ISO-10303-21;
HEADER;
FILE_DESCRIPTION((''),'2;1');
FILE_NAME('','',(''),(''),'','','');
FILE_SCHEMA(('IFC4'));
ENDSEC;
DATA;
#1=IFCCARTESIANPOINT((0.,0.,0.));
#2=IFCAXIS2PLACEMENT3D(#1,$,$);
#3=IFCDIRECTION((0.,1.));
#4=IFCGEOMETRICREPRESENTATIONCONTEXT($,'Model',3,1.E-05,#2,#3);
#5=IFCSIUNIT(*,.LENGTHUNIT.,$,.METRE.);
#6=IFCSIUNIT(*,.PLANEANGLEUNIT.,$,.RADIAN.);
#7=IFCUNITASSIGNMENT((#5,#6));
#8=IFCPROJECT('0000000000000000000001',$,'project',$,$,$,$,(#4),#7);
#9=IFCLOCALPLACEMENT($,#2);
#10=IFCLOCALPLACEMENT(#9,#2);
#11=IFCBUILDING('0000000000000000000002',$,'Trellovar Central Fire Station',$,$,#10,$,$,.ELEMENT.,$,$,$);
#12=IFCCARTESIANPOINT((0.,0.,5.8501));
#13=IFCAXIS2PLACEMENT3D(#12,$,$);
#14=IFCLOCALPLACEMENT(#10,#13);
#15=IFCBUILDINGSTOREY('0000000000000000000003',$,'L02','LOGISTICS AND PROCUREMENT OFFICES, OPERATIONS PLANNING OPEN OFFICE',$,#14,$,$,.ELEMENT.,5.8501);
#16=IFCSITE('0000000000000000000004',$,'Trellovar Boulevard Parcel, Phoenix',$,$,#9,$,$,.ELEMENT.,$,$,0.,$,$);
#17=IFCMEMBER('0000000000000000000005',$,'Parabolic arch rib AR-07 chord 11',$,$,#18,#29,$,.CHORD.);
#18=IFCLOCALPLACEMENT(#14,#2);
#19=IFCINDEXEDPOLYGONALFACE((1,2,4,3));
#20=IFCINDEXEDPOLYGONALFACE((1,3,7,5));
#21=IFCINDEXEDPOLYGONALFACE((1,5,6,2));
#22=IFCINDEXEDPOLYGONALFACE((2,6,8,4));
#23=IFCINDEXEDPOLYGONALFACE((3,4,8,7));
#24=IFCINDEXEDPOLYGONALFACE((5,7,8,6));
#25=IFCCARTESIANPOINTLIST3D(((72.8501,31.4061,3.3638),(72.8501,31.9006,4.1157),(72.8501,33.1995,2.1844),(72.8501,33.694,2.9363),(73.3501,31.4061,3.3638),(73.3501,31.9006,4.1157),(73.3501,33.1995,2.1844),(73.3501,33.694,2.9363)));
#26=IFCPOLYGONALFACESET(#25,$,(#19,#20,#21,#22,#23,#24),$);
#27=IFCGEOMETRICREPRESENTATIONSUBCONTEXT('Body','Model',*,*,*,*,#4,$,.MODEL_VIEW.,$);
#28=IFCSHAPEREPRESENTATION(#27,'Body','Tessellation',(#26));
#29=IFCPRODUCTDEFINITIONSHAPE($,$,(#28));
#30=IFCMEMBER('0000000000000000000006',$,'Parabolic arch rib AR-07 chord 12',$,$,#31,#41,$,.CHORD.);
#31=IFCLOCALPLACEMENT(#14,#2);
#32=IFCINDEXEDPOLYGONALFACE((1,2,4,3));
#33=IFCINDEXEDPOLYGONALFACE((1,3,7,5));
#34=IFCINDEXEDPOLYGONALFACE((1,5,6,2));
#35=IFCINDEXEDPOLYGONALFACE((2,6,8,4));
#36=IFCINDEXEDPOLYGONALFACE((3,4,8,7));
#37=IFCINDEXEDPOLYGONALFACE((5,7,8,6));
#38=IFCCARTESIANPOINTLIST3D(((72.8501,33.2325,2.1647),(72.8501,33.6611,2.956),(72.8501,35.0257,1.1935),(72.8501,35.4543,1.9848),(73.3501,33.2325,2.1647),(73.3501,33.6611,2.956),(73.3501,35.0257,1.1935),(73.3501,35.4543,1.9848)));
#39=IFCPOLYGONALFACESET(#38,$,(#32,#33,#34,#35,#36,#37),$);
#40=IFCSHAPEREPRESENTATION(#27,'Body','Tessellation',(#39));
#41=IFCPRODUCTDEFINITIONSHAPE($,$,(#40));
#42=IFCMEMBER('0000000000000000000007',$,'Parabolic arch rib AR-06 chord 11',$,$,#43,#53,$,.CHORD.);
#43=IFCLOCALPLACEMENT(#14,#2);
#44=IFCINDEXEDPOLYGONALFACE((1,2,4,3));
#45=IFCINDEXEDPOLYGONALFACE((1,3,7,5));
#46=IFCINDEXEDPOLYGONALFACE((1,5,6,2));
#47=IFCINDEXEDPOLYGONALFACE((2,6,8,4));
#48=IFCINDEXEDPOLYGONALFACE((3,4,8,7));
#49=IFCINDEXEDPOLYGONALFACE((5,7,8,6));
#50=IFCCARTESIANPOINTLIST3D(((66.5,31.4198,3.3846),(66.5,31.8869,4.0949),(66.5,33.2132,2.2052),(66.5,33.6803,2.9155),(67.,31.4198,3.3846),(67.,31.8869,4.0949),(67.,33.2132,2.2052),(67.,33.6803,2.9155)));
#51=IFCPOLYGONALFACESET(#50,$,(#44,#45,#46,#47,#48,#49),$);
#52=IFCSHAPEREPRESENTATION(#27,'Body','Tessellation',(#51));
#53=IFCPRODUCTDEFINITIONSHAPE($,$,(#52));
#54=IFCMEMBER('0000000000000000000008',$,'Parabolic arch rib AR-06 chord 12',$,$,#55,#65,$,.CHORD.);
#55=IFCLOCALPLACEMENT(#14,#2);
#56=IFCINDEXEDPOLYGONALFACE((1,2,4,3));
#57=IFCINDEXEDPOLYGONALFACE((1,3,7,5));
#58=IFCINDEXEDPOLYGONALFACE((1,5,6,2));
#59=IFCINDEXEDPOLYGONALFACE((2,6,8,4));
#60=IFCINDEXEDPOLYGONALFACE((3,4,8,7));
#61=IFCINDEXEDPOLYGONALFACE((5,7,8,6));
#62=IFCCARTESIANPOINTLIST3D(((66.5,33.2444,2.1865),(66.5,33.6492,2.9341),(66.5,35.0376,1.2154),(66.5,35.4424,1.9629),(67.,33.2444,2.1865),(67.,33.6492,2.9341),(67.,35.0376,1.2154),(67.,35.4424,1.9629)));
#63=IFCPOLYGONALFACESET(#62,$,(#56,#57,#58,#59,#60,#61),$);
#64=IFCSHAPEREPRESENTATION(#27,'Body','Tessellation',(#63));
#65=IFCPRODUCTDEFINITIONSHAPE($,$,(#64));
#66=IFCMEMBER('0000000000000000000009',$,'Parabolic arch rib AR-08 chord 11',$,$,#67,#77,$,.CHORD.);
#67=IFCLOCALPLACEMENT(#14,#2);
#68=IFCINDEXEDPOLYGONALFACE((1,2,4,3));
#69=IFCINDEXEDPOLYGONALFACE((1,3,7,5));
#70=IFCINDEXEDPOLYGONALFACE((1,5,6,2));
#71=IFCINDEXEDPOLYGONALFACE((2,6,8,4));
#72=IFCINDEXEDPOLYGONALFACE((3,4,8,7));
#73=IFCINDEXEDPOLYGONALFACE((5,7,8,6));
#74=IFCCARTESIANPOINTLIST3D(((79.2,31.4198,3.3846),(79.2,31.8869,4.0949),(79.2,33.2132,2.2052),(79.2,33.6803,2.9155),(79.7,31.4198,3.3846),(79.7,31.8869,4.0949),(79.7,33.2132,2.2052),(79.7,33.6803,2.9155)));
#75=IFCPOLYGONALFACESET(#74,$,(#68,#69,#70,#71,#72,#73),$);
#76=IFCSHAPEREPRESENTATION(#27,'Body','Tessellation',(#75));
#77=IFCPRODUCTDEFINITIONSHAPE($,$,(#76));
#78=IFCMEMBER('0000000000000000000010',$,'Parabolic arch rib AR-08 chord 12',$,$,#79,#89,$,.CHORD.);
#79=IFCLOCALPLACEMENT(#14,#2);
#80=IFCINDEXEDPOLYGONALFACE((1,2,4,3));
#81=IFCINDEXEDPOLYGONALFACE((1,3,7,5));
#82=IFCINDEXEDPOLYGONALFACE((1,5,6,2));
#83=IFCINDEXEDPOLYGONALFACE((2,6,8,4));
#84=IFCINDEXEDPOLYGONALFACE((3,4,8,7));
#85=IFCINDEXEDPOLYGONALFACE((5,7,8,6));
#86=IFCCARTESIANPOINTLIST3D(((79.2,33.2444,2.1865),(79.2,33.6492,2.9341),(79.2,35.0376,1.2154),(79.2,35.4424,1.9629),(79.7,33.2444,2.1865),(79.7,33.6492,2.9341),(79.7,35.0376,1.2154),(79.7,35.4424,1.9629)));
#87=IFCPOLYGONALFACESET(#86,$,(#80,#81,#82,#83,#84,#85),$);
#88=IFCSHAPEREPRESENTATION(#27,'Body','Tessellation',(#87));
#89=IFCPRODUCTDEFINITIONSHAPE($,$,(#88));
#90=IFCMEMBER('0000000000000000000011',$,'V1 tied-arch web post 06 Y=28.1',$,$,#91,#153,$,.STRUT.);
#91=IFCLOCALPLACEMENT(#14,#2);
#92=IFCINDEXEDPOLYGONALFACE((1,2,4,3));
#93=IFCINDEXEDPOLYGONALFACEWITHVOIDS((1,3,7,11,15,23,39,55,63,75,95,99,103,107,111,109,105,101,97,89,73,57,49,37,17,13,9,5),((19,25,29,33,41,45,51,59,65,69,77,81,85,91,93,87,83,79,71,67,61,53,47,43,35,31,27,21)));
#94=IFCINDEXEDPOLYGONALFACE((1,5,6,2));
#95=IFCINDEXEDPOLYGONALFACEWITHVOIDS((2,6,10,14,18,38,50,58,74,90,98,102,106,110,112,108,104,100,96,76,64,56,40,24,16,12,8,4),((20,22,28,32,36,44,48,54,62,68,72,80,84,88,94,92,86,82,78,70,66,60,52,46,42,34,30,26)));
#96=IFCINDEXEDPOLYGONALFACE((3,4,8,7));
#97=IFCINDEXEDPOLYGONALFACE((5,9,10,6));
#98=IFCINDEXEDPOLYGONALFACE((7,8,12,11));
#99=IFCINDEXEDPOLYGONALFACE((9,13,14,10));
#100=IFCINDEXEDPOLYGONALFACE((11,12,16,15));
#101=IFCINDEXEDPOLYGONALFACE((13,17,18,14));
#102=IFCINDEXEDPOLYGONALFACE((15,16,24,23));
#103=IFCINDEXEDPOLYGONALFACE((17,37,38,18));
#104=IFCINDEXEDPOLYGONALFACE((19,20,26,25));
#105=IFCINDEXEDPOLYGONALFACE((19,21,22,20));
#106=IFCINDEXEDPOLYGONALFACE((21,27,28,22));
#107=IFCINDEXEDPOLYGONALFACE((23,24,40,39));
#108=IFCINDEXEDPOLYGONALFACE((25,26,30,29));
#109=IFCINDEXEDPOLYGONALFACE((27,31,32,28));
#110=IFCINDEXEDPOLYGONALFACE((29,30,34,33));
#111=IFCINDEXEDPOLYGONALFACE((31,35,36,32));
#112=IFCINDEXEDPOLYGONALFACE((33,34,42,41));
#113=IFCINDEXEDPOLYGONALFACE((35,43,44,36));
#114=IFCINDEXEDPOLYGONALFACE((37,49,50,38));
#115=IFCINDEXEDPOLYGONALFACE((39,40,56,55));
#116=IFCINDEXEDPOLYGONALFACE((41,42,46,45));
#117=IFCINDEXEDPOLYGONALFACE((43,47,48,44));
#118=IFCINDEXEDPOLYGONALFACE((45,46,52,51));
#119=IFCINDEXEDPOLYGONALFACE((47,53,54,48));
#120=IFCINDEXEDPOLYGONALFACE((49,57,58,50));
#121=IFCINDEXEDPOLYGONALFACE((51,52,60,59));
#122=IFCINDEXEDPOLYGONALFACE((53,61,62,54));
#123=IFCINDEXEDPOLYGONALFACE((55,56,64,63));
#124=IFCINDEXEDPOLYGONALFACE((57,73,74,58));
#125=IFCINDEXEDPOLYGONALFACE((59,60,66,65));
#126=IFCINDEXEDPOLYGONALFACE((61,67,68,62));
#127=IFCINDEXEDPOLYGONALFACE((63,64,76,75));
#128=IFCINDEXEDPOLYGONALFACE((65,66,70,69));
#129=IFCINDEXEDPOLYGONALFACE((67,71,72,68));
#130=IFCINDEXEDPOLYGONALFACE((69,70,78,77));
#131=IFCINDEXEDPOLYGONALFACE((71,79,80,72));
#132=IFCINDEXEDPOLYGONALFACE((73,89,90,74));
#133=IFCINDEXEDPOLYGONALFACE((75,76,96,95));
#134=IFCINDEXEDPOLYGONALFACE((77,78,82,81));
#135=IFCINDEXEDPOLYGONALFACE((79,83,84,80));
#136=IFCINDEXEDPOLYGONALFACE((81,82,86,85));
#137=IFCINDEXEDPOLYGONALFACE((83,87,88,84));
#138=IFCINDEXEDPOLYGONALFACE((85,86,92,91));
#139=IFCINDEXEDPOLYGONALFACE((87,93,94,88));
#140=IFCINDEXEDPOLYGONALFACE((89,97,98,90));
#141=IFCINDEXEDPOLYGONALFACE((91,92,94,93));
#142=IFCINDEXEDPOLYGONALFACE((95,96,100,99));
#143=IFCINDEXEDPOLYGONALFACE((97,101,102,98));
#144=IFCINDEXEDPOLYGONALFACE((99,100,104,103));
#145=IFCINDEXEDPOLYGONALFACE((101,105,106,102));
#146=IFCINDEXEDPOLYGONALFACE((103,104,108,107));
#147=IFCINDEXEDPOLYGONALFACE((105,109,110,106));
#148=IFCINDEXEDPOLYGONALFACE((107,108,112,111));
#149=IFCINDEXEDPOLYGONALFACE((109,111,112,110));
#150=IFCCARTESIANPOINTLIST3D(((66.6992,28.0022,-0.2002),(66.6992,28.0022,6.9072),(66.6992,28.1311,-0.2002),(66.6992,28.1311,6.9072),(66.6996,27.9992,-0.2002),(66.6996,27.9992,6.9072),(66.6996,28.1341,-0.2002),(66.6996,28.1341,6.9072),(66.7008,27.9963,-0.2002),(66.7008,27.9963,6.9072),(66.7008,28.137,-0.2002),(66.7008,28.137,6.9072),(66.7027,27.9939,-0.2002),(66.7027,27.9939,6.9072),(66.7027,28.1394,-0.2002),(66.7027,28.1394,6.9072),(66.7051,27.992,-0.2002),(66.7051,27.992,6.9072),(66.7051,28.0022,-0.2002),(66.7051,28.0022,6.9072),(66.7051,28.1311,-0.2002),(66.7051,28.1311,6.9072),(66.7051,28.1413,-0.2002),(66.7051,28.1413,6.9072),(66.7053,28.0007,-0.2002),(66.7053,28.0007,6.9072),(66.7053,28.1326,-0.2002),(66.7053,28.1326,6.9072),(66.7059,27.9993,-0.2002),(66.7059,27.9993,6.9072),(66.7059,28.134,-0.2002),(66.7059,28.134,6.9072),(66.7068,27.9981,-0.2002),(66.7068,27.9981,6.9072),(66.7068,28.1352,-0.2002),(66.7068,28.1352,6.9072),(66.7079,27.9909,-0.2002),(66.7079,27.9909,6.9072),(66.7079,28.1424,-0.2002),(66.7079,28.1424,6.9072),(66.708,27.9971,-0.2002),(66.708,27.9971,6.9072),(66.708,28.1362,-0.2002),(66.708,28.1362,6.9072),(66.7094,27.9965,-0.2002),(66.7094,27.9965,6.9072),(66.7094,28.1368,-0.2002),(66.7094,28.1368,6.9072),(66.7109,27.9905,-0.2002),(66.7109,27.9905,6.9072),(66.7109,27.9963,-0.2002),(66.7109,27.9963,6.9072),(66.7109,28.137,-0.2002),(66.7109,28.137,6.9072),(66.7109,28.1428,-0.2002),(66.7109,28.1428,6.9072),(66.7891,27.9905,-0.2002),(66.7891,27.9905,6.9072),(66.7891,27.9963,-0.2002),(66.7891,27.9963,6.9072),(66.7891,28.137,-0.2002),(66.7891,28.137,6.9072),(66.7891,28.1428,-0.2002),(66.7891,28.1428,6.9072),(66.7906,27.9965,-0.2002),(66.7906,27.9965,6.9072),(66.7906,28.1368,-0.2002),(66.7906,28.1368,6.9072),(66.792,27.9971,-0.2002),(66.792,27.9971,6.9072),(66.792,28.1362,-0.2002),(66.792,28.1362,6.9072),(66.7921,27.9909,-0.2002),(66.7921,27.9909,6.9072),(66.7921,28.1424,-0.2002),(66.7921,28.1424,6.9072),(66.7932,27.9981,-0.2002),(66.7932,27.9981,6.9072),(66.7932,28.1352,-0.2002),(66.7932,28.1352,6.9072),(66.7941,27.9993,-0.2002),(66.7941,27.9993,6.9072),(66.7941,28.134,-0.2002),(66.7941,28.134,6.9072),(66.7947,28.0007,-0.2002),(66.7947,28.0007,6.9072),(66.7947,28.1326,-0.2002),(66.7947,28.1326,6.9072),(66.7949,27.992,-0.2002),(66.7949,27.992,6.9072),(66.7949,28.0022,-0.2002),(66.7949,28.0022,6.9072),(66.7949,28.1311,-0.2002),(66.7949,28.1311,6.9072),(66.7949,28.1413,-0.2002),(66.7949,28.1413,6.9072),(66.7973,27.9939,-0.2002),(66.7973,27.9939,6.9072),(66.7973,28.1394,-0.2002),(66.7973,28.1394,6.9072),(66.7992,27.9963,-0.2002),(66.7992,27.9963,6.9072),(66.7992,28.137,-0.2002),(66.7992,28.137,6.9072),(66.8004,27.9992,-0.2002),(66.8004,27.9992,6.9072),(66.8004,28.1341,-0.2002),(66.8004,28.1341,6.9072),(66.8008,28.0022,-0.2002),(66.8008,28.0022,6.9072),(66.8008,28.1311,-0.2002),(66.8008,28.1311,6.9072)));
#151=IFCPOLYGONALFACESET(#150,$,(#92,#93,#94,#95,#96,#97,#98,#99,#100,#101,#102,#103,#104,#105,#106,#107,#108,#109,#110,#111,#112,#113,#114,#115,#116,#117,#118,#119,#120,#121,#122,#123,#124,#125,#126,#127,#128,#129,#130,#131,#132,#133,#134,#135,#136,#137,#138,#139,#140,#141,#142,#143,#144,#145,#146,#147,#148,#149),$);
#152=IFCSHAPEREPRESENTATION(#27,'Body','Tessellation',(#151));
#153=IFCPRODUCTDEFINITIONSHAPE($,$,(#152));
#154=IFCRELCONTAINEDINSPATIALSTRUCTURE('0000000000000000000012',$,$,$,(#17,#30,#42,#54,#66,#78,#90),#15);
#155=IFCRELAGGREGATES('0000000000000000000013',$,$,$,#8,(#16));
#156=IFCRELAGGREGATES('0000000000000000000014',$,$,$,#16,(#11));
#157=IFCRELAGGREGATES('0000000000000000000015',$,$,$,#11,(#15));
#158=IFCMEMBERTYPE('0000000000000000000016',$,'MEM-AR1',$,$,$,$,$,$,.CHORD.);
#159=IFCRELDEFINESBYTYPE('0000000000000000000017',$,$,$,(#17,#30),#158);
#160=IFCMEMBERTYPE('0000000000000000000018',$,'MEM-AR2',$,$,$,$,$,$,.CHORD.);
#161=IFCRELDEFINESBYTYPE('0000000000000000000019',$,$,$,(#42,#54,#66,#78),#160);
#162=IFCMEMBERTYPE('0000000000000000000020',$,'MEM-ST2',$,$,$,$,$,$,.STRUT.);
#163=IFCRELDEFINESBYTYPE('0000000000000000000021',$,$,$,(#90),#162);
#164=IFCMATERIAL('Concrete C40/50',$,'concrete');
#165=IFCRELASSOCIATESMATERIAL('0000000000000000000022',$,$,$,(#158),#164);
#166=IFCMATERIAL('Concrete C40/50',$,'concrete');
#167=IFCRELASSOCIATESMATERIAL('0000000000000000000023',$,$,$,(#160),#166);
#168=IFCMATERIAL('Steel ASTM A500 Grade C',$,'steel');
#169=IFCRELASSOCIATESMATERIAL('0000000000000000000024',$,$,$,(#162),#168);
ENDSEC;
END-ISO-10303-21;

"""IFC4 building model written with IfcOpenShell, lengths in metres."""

from ifc_helpers import new_model, si_unit, direction, frame, origin, origin_2d, place, context, subcontext, project, spatial, rectangle, hollow_rectangle, extrude, material, material_profile, profile_set, type_object, element, save


model = new_model("IFC4")

# Units and contexts
model_context = context("Model", 3, precision=1e-05, world=origin(), true_north=direction((0.0, 1.0)))
body_context = subcontext(model_context, "Body", "Model", "MODEL_VIEW")
ifc_project = project(units=[si_unit("LENGTHUNIT", "METRE"), si_unit("PLANEANGLEUNIT", "RADIAN")], contexts=[model_context])

# Site, building, storey
site_placement = place(None, origin())
site = spatial("IfcSite", under=ifc_project, at=site_placement, Name="Trellovar Boulevard Parcel, Phoenix", CompositionType="ELEMENT", RefElevation=0.0)
building_placement = place(site_placement, origin())
building = spatial("IfcBuilding", under=site, at=building_placement, Name="Trellovar Central Fire Station", CompositionType="ELEMENT")
storey_placement = place(building_placement, frame((0.0, 0.0, 5.8501)))
storey = spatial("IfcBuildingStorey", under=building, at=storey_placement, Name="L02", Description="LOGISTICS AND PROCUREMENT OFFICES, OPERATIONS PLANNING OPEN OFFICE", CompositionType="ELEMENT", Elevation=5.8501)

# Members
ifc_material_1 = material(Name="Concrete C40/50", Category="concrete")
ifc_material_profile_1 = material_profile(ifc_material_1, rectangle(XDim=0.5, YDim=0.8999, at=origin_2d()), Name="RC500X900")
ifc_profile_set_1 = profile_set([ifc_material_profile_1], Name="Concrete C40/50")
member_type_1 = type_object("IfcMemberType", Name="MEM-AR1", PredefinedType="CHORD", material=ifc_profile_set_1)
member_1_placement = place(storey_placement, frame((73.1001, 31.6533, 3.7397), z_axis=(0.0, 0.835516, -0.549466), x_axis=(-1.0, 0.0, 0.0)))
element("IfcMember", 1, at=member_1_placement, inside=storey, type_object=member_type_1, Name="Parabolic arch rib AR-07 chord 11", PredefinedType="CHORD", context=body_context, shape_type="SweptSolid", body=[
    extrude(rectangle(XDim=0.5, YDim=0.8999, at=origin_2d()), origin(), (0.0, 0.0, 1.0), 2.1465),
])
member_2_placement = place(storey_placement, frame((73.1001, 33.4468, 2.5603), z_axis=(0.0, 0.879319, -0.476233), x_axis=(-1.0, 0.0, 0.0)))
element("IfcMember", 2, at=member_2_placement, inside=storey, type_object=member_type_1, Name="Parabolic arch rib AR-07 chord 12", PredefinedType="CHORD", context=body_context, shape_type="SweptSolid", body=[
    extrude(rectangle(XDim=0.5, YDim=0.8999, at=origin_2d()), origin(), (0.0, 0.0, 1.0), 2.0393),
])
ifc_material_2 = material(Name="Concrete C40/50", Category="concrete")
ifc_material_profile_2 = material_profile(ifc_material_2, rectangle(XDim=0.5, YDim=0.8501, at=origin_2d()), Name="RC500X850")
ifc_profile_set_2 = profile_set([ifc_material_profile_2], Name="Concrete C40/50")
member_type_2 = type_object("IfcMemberType", Name="MEM-AR2", PredefinedType="CHORD", material=ifc_profile_set_2)
member_3_placement = place(storey_placement, frame((66.75, 31.6533, 3.7397), z_axis=(0.0, 0.835516, -0.549466), x_axis=(-1.0, 0.0, 0.0)))
element("IfcMember", 3, at=member_3_placement, inside=storey, type_object=member_type_2, Name="Parabolic arch rib AR-06 chord 11", PredefinedType="CHORD", context=body_context, shape_type="SweptSolid", body=[
    extrude(rectangle(XDim=0.5, YDim=0.8501, at=origin_2d()), origin(), (0.0, 0.0, 1.0), 2.1465),
])
member_4_placement = place(storey_placement, frame((66.75, 33.4468, 2.5603), z_axis=(0.0, 0.879319, -0.476233), x_axis=(-1.0, 0.0, 0.0)))
element("IfcMember", 4, at=member_4_placement, inside=storey, type_object=member_type_2, Name="Parabolic arch rib AR-06 chord 12", PredefinedType="CHORD", context=body_context, shape_type="SweptSolid", body=[
    extrude(rectangle(XDim=0.5, YDim=0.8501, at=origin_2d()), origin(), (0.0, 0.0, 1.0), 2.0393),
])
member_5_placement = place(storey_placement, frame((79.45, 31.6533, 3.7397), z_axis=(0.0, 0.835516, -0.549466), x_axis=(-1.0, 0.0, 0.0)))
element("IfcMember", 5, at=member_5_placement, inside=storey, type_object=member_type_2, Name="Parabolic arch rib AR-08 chord 11", PredefinedType="CHORD", context=body_context, shape_type="SweptSolid", body=[
    extrude(rectangle(XDim=0.5, YDim=0.8501, at=origin_2d()), origin(), (0.0, 0.0, 1.0), 2.1465),
])
member_6_placement = place(storey_placement, frame((79.45, 33.4468, 2.5603), z_axis=(0.0, 0.879319, -0.476233), x_axis=(-1.0, 0.0, 0.0)))
element("IfcMember", 6, at=member_6_placement, inside=storey, type_object=member_type_2, Name="Parabolic arch rib AR-08 chord 12", PredefinedType="CHORD", context=body_context, shape_type="SweptSolid", body=[
    extrude(rectangle(XDim=0.5, YDim=0.8501, at=origin_2d()), origin(), (0.0, 0.0, 1.0), 2.0393),
])
ifc_material_3 = material(Name="Steel ASTM A500 Grade C", Category="steel")
ifc_material_profile_3 = material_profile(ifc_material_3, hollow_rectangle(XDim=0.1016, YDim=0.1523, WallThickness=0.0059, InnerFilletRadius=0.0059, OuterFilletRadius=0.0117, at=origin_2d()), Name="HSS6X4X1/4")
ifc_profile_set_3 = profile_set([ifc_material_profile_3], Name="Steel ASTM A500 Grade C")
member_type_3 = type_object("IfcMemberType", Name="MEM-ST2", PredefinedType="STRUT", material=ifc_profile_set_3)
member_7_placement = place(storey_placement, frame((66.75, 28.0667, -0.2002), z_axis=(0.0, 0.0, 1.0), x_axis=(1.0, 0.0, 0.0)))
element("IfcMember", 7, at=member_7_placement, inside=storey, type_object=member_type_3, Name="V1 tied-arch web post 06 Y=28.1", PredefinedType="STRUT", context=body_context, shape_type="SweptSolid", body=[
    extrude(hollow_rectangle(XDim=0.1016, YDim=0.1523, WallThickness=0.0059, InnerFilletRadius=0.0059, OuterFilletRadius=0.0117, at=origin_2d()), origin(), (0.0, 0.0, 1.0), 7.1074),
])

save(model, "model.ifc")
